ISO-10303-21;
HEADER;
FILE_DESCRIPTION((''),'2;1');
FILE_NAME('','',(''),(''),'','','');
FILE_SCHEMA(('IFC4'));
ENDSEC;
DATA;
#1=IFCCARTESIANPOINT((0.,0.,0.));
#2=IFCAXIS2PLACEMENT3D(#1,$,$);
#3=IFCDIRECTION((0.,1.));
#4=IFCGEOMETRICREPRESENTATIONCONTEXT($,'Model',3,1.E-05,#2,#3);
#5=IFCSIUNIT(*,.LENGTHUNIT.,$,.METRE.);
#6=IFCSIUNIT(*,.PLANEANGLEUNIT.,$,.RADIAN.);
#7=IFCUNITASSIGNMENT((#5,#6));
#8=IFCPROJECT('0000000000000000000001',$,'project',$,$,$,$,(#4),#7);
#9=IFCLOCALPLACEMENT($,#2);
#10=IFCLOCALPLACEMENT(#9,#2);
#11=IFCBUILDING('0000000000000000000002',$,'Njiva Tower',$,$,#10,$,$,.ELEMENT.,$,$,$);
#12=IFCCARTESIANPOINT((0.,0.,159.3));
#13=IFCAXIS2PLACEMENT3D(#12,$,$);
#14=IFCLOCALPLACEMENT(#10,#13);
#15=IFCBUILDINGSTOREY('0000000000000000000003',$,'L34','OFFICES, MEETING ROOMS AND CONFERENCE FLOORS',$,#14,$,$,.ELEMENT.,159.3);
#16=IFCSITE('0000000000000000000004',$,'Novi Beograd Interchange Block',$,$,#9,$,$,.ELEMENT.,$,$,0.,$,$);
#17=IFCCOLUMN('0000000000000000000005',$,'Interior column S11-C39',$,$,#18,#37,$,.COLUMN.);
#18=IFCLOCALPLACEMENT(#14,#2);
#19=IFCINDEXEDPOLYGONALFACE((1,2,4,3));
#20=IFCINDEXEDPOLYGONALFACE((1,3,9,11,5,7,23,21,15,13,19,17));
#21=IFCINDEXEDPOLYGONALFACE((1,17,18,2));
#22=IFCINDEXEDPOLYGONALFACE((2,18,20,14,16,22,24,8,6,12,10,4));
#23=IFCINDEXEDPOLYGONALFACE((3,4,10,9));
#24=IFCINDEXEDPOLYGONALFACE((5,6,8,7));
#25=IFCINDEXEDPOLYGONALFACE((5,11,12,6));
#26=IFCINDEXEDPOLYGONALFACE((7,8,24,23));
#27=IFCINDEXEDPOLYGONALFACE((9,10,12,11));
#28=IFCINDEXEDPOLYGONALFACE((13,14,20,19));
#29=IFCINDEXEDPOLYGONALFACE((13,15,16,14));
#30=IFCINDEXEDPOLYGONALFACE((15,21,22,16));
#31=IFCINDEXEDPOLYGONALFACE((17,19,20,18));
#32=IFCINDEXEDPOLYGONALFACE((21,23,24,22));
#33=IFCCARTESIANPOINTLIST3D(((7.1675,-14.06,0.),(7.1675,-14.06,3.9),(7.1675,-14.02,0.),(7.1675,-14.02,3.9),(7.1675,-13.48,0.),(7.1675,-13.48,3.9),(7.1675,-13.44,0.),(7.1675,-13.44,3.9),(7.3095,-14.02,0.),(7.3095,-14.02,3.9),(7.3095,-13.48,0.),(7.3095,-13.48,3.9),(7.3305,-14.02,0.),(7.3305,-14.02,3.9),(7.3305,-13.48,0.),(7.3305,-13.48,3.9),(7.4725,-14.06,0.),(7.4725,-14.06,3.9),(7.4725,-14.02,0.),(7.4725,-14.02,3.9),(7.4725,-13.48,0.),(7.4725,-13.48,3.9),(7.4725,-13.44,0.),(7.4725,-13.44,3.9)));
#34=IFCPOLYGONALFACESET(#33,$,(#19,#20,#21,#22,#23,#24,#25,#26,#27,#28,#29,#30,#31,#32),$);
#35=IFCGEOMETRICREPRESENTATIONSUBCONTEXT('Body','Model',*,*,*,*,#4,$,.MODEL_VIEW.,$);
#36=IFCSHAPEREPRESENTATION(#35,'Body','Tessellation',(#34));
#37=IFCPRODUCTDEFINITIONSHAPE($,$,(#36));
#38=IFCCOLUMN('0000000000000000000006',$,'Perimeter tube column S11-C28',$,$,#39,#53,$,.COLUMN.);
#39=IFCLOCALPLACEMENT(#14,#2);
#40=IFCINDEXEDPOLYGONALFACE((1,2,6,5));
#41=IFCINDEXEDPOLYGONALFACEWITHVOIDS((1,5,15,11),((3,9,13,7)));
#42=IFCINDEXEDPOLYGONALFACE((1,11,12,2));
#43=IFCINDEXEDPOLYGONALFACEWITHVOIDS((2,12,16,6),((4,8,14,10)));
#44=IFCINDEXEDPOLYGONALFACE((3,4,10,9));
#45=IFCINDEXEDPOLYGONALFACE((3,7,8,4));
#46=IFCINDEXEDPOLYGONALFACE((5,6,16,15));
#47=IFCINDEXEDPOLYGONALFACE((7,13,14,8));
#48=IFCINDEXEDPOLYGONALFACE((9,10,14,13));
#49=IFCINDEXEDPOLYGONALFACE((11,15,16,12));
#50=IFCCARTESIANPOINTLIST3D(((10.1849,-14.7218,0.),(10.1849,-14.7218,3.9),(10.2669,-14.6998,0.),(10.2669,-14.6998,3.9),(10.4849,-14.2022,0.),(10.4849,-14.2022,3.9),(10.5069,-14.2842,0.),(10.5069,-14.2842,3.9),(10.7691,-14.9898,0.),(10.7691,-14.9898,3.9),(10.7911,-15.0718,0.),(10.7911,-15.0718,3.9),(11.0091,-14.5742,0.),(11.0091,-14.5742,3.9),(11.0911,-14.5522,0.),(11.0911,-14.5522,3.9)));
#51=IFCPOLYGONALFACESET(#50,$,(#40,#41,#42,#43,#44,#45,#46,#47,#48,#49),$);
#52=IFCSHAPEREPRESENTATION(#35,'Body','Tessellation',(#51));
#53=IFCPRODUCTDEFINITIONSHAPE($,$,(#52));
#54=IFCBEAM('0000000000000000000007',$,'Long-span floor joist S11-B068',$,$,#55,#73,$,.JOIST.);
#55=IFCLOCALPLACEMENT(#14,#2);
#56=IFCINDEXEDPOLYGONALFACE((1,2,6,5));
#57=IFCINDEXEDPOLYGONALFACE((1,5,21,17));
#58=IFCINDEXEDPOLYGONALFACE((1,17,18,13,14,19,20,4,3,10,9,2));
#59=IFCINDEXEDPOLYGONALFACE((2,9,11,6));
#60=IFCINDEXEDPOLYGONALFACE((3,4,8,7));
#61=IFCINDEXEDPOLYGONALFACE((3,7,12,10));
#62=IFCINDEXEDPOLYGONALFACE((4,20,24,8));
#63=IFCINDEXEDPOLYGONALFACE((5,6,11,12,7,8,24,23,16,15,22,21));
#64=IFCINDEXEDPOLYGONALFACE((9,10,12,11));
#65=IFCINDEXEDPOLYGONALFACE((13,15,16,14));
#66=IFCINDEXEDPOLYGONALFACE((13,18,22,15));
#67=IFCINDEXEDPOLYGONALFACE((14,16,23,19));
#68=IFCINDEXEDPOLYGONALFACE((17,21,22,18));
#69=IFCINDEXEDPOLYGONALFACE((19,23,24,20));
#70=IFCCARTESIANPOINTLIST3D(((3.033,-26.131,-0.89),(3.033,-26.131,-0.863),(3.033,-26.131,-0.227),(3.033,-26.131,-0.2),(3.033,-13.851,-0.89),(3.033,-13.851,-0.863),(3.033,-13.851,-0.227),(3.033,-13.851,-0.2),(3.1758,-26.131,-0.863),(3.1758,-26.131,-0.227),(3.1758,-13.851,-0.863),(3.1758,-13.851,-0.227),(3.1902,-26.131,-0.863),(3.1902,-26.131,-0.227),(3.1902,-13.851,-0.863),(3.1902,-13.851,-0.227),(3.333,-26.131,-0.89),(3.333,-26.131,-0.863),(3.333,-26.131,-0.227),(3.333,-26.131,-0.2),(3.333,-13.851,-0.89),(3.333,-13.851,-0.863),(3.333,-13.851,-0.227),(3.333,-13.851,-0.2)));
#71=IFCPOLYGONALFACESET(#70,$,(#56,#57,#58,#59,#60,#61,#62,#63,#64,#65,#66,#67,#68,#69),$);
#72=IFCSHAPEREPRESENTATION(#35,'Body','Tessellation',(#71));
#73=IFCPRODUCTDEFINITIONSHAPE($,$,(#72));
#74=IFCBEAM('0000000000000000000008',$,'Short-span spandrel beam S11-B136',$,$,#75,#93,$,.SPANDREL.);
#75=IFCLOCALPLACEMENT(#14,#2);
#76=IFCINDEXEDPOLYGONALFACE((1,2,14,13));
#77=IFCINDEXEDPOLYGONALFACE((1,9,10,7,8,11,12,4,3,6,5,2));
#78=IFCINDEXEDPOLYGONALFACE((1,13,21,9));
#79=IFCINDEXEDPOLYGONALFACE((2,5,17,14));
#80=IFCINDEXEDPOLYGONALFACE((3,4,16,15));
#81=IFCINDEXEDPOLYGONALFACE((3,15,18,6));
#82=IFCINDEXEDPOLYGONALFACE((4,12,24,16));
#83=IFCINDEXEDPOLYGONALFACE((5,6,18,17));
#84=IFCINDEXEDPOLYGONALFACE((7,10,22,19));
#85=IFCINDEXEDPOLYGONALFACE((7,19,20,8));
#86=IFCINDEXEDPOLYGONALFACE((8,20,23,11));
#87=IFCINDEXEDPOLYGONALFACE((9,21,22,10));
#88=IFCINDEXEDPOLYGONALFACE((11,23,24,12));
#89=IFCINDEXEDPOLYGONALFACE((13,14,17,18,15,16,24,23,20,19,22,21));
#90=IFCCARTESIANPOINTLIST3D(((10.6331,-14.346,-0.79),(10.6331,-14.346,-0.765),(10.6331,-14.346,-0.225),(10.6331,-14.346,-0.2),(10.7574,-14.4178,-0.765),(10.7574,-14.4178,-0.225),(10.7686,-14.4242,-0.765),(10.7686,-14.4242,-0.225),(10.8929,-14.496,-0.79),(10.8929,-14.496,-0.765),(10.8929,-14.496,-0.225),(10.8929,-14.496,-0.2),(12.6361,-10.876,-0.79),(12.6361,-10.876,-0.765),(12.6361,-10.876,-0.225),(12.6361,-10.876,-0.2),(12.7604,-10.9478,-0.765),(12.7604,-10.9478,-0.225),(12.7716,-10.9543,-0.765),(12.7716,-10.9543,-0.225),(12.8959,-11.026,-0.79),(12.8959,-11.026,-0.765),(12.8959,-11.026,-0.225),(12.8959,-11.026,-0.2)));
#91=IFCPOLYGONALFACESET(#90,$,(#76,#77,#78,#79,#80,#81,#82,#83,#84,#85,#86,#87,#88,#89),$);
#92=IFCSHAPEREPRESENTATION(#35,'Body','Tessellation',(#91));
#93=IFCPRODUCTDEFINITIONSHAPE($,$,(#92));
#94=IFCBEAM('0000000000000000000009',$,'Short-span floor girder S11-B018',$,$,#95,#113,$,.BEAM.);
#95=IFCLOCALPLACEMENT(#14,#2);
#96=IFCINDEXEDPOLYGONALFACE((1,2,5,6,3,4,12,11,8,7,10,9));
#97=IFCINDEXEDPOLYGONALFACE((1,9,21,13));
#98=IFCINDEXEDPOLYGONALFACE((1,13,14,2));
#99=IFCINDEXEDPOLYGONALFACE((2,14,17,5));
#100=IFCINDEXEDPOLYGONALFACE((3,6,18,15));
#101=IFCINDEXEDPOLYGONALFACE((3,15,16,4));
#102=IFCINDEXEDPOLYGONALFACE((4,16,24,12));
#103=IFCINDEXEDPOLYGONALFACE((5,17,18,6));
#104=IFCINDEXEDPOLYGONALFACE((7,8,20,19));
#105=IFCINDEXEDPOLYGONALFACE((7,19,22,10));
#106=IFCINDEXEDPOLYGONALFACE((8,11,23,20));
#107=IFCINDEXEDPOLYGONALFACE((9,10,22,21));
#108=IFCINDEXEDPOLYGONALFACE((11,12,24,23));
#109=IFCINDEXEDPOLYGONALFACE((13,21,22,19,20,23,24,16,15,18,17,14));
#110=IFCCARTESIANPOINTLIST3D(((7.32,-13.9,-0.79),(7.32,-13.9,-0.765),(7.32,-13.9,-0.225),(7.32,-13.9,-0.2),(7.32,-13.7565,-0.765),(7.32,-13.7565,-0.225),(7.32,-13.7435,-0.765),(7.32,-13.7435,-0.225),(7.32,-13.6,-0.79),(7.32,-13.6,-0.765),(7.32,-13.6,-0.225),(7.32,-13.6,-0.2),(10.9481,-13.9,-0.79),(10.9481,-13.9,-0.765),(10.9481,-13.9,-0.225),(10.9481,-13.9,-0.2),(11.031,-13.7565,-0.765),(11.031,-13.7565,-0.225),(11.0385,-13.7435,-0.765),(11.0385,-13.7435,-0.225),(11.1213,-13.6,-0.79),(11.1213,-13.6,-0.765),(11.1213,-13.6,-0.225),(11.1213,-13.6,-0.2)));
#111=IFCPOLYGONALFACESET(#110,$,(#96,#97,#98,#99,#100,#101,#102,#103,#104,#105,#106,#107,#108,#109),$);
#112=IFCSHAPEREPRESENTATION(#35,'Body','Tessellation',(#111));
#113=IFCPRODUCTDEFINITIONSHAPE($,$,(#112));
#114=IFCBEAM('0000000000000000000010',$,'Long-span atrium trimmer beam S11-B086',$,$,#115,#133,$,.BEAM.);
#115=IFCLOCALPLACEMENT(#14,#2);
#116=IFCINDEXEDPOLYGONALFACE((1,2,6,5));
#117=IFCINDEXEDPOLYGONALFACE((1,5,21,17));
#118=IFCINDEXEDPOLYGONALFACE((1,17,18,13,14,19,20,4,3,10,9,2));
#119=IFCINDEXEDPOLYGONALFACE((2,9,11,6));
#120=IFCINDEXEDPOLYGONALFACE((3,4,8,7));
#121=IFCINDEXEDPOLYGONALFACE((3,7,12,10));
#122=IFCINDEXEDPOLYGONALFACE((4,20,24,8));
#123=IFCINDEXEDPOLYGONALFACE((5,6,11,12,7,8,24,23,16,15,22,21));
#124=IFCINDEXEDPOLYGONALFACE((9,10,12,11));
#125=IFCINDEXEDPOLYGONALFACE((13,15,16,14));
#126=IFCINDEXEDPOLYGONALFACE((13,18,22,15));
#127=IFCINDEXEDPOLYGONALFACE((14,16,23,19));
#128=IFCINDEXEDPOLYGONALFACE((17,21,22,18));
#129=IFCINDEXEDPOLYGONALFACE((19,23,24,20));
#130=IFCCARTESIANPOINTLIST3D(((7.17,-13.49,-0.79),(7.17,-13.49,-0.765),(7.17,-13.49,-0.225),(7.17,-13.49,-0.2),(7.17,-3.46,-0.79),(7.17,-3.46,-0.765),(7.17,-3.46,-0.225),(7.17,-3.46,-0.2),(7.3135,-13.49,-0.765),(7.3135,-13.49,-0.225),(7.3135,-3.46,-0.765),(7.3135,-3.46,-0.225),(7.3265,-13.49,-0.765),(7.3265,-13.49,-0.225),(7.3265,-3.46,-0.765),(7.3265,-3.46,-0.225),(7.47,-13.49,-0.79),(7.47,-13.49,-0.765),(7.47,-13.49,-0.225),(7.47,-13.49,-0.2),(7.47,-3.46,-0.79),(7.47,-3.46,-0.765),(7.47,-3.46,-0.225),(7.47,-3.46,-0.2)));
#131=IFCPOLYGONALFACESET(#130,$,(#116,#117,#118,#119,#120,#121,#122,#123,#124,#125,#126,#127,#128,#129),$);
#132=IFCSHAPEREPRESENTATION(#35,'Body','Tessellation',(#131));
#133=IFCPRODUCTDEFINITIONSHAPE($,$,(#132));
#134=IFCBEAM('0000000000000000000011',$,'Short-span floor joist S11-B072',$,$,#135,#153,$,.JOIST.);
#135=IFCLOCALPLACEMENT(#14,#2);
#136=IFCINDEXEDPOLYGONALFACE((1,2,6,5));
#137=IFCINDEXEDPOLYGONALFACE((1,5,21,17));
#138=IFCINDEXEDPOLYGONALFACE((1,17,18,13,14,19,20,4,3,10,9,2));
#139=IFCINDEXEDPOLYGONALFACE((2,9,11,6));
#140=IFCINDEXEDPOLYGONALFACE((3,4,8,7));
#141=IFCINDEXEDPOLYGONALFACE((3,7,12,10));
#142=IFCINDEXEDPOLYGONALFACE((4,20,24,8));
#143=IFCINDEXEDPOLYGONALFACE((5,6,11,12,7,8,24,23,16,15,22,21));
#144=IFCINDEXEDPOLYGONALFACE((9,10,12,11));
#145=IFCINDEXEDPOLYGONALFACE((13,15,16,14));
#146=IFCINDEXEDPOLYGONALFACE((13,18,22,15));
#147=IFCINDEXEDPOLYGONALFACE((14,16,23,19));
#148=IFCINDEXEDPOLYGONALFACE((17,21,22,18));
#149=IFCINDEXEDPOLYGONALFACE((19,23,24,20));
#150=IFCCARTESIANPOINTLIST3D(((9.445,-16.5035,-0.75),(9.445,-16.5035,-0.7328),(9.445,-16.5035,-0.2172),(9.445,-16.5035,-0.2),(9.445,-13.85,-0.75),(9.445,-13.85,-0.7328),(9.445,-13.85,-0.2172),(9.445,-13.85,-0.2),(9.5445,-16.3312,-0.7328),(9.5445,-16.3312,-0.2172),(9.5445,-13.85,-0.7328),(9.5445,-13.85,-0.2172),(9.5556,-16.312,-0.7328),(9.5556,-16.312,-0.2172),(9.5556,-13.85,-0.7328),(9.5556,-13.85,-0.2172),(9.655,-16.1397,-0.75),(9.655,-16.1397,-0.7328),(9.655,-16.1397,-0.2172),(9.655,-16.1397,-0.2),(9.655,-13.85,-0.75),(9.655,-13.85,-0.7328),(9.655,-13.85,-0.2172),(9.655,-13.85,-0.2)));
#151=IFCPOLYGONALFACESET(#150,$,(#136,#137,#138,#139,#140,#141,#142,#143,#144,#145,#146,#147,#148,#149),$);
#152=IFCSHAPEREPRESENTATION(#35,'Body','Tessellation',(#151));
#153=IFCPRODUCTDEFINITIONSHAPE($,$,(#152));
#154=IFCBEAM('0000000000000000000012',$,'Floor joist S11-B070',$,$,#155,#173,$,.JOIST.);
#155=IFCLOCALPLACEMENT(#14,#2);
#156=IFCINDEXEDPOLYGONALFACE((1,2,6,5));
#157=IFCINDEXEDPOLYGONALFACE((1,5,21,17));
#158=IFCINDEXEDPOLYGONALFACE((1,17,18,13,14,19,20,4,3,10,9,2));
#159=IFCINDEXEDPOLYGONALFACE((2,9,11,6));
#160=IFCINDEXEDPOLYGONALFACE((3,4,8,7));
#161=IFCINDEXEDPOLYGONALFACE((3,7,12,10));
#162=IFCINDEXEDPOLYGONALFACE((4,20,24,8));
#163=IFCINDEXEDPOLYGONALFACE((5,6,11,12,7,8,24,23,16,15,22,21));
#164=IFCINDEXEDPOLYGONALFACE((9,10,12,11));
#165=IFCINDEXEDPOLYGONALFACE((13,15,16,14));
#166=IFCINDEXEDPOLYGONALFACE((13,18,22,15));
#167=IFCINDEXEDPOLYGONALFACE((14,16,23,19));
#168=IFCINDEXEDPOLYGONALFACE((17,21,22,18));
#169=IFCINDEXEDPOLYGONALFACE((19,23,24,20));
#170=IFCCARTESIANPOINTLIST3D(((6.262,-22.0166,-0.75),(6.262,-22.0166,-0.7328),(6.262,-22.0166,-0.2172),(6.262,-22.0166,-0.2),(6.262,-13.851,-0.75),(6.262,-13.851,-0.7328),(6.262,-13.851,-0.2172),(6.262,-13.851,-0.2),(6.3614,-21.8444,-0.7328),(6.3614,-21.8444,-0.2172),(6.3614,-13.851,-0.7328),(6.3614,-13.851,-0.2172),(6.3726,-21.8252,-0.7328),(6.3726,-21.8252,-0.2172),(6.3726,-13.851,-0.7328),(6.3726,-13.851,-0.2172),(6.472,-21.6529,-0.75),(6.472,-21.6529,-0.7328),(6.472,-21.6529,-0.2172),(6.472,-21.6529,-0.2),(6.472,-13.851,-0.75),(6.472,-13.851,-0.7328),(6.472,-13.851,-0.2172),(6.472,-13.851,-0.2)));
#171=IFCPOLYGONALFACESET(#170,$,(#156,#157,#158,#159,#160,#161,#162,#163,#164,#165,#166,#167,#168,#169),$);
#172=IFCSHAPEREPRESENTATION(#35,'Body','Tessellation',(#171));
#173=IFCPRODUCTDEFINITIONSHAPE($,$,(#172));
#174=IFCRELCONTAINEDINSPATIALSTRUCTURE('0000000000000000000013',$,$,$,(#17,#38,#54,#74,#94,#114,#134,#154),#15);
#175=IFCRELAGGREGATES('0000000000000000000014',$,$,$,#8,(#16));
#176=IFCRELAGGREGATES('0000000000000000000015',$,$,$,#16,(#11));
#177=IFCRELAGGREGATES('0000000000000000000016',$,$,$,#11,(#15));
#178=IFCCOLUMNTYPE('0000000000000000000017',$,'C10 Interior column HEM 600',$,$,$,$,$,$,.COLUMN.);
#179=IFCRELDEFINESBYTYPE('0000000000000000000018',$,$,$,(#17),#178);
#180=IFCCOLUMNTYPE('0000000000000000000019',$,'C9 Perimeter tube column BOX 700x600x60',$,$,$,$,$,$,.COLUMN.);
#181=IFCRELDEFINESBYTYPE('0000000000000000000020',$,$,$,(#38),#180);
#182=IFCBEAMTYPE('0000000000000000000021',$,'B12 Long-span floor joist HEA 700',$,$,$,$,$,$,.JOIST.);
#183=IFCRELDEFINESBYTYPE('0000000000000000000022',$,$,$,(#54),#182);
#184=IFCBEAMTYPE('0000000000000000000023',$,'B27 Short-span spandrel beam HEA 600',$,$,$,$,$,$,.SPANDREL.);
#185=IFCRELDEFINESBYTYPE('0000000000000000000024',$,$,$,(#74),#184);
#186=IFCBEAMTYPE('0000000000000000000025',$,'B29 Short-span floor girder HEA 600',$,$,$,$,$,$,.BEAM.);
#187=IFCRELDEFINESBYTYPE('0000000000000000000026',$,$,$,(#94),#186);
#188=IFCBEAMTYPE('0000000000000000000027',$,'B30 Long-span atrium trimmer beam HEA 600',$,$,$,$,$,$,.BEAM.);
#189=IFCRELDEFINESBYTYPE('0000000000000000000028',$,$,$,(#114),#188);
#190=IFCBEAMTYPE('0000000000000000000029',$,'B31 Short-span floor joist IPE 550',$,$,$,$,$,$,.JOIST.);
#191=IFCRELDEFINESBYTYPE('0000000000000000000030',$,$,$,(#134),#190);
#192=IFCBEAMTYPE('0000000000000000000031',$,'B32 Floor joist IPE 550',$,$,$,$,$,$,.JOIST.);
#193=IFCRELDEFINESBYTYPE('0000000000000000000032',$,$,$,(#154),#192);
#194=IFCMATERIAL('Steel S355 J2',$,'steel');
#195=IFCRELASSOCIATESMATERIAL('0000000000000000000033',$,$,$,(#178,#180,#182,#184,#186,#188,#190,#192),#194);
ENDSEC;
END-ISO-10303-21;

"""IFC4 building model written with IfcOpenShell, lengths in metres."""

from ifc_helpers import new_model, si_unit, direction, frame, origin, origin_2d, place, context, subcontext, project, spatial, hollow_rectangle, i_section, extrude, clip, halfspace, material, material_profile, profile_set, type_object, element, save


model = new_model("IFC4")

# Units and contexts
model_context = context("Model", 3, precision=1e-05, world=origin(), true_north=direction((0.0, 1.0)))
body_context = subcontext(model_context, "Body", "Model", "MODEL_VIEW")
ifc_project = project(units=[si_unit("LENGTHUNIT", "METRE"), si_unit("PLANEANGLEUNIT", "RADIAN")], contexts=[model_context])

# Site, building, storey
site_placement = place(None, origin())
site = spatial("IfcSite", under=ifc_project, at=site_placement, Name="Novi Beograd Interchange Block", CompositionType="ELEMENT", RefElevation=0.0)
building_placement = place(site_placement, origin())
building = spatial("IfcBuilding", under=site, at=building_placement, Name="Njiva Tower", CompositionType="ELEMENT")
storey_placement = place(building_placement, frame((0.0, 0.0, 159.3)))
storey = spatial("IfcBuildingStorey", under=building, at=storey_placement, Name="L34", Description="OFFICES, MEETING ROOMS AND CONFERENCE FLOORS", CompositionType="ELEMENT", Elevation=159.3)

# Columns
ifc_material_1 = material(Name="Steel S355 J2", Category="steel")
ifc_material_profile_1 = material_profile(ifc_material_1, i_section(OverallWidth=0.305, OverallDepth=0.62, WebThickness=0.021, FlangeThickness=0.04, at=origin_2d()), Name="HEM 600")
ifc_profile_set_1 = profile_set([ifc_material_profile_1], Name="Steel S355 J2")
column_type_1 = type_object("IfcColumnType", Name="C10 Interior column HEM 600", PredefinedType="COLUMN", material=ifc_profile_set_1)
column_1_placement = place(storey_placement, frame((7.32, -13.75, 0.0), z_axis=(0.0, 0.0, 1.0), x_axis=(1.0, 0.0, 0.0)))
element("IfcColumn", 1, at=column_1_placement, inside=storey, type_object=column_type_1, Name="Interior column S11-C39", PredefinedType="COLUMN", context=body_context, shape_type="SweptSolid", body=[
    extrude(i_section(OverallWidth=0.305, OverallDepth=0.62, WebThickness=0.021, FlangeThickness=0.04, at=origin_2d()), origin(), (0.0, 0.0, 1.0), 3.9),
])
ifc_material_profile_2 = material_profile(ifc_material_1, hollow_rectangle(XDim=0.6, YDim=0.7, WallThickness=0.06, at=origin_2d()), Name="BOX 700x600x60")
ifc_profile_set_2 = profile_set([ifc_material_profile_2], Name="Steel S355 J2")
column_type_2 = type_object("IfcColumnType", Name="C9 Perimeter tube column BOX 700x600x60", PredefinedType="COLUMN", material=ifc_profile_set_2)
column_2_placement = place(storey_placement, frame((10.638, -14.637, 0.0), z_axis=(0.0, 0.0, 1.0), x_axis=(0.5, 0.866025, 0.0)))
element("IfcColumn", 2, at=column_2_placement, inside=storey, type_object=column_type_2, Name="Perimeter tube column S11-C28", PredefinedType="COLUMN", context=body_context, shape_type="SweptSolid", body=[
    extrude(hollow_rectangle(XDim=0.6, YDim=0.7, WallThickness=0.06, at=origin_2d()), origin(), (0.0, 0.0, 1.0), 3.9),
])

# Beams
ifc_material_profile_3 = material_profile(ifc_material_1, i_section(OverallWidth=0.3, OverallDepth=0.69, WebThickness=0.0145, FlangeThickness=0.027, at=origin_2d()), Name="HEA 700")
ifc_profile_set_3 = profile_set([ifc_material_profile_3], Name="Steel S355 J2")
beam_type_1 = type_object("IfcBeamType", Name="B12 Long-span floor joist HEA 700", PredefinedType="JOIST", material=ifc_profile_set_3)
beam_1_placement = place(storey_placement, frame((3.183, -13.851, -0.545), z_axis=(0.0, -1.0, 0.0), x_axis=(1.0, 0.0, 0.0)))
element("IfcBeam", 3, at=beam_1_placement, inside=storey, type_object=beam_type_1, Name="Long-span floor joist S11-B068", PredefinedType="JOIST", context=body_context, shape_type="SweptSolid", body=[
    extrude(i_section(OverallWidth=0.3, OverallDepth=0.69, WebThickness=0.0145, FlangeThickness=0.027, at=origin_2d()), origin(), (0.0, 0.0, 1.0), 12.28),
])
ifc_material_profile_4 = material_profile(ifc_material_1, i_section(OverallWidth=0.3, OverallDepth=0.59, WebThickness=0.013, FlangeThickness=0.025, at=origin_2d()), Name="HEA 600")
ifc_profile_set_4 = profile_set([ifc_material_profile_4], Name="Steel S355 J2")
beam_type_2 = type_object("IfcBeamType", Name="B27 Short-span spandrel beam HEA 600", PredefinedType="SPANDREL", material=ifc_profile_set_4)
beam_2_placement = place(storey_placement, frame((10.763, -14.421, -0.495), z_axis=(0.499924, 0.866069, 0.0), x_axis=(-0.866069, 0.499924, 0.0)))
element("IfcBeam", 4, at=beam_2_placement, inside=storey, type_object=beam_type_2, Name="Short-span spandrel beam S11-B136", PredefinedType="SPANDREL", context=body_context, shape_type="SweptSolid", body=[
    extrude(i_section(OverallWidth=0.3, OverallDepth=0.59, WebThickness=0.013, FlangeThickness=0.025, at=origin_2d()), origin(), (0.0, 0.0, 1.0), 4.0066),
])
ifc_material_profile_5 = material_profile(ifc_material_1, i_section(OverallWidth=0.3, OverallDepth=0.59, WebThickness=0.013, FlangeThickness=0.025, at=origin_2d()), Name="HEA 600")
ifc_profile_set_5 = profile_set([ifc_material_profile_5], Name="Steel S355 J2")
beam_type_3 = type_object("IfcBeamType", Name="B29 Short-span floor girder HEA 600", PredefinedType="BEAM", material=ifc_profile_set_5)
beam_3_placement = place(storey_placement, frame((7.32, -13.75, -0.495), z_axis=(1.0, 0.0, 0.0), x_axis=(0.0, 1.0, 0.0)))
element("IfcBeam", 5, at=beam_3_placement, inside=storey, type_object=beam_type_3, Name="Short-span floor girder S11-B018", PredefinedType="BEAM", context=body_context, shape_type="Clipping", body=[
    clip(extrude(i_section(OverallWidth=0.3, OverallDepth=0.59, WebThickness=0.013, FlangeThickness=0.025, at=origin_2d()), origin(), (0.0, 0.0, 1.0), 3.822), halfspace(frame((-0.025, 0.0, 3.7003), z_axis=(-0.499998, 0.0, 0.866027), x_axis=(0.0, 1.0, 0.0)), False)),
])
ifc_material_profile_6 = material_profile(ifc_material_1, i_section(OverallWidth=0.3, OverallDepth=0.59, WebThickness=0.013, FlangeThickness=0.025, at=origin_2d()), Name="HEA 600")
ifc_profile_set_6 = profile_set([ifc_material_profile_6], Name="Steel S355 J2")
beam_type_4 = type_object("IfcBeamType", Name="B30 Long-span atrium trimmer beam HEA 600", PredefinedType="BEAM", material=ifc_profile_set_6)
beam_4_placement = place(storey_placement, frame((7.32, -13.49, -0.495), z_axis=(0.0, 1.0, 0.0), x_axis=(-1.0, 0.0, 0.0)))
element("IfcBeam", 6, at=beam_4_placement, inside=storey, type_object=beam_type_4, Name="Long-span atrium trimmer beam S11-B086", PredefinedType="BEAM", context=body_context, shape_type="SweptSolid", body=[
    extrude(i_section(OverallWidth=0.3, OverallDepth=0.59, WebThickness=0.013, FlangeThickness=0.025, at=origin_2d()), origin(), (0.0, 0.0, 1.0), 10.03),
])
ifc_material_profile_7 = material_profile(ifc_material_1, i_section(OverallWidth=0.21, OverallDepth=0.55, WebThickness=0.0111, FlangeThickness=0.0172, at=origin_2d()), Name="IPE 550")
ifc_profile_set_7 = profile_set([ifc_material_profile_7], Name="Steel S355 J2")
beam_type_5 = type_object("IfcBeamType", Name="B31 Short-span floor joist IPE 550", PredefinedType="JOIST", material=ifc_profile_set_7)
beam_5_placement = place(storey_placement, frame((9.55, -13.85, -0.475), z_axis=(0.0, -1.0, 0.0), x_axis=(1.0, 0.0, 0.0)))
element("IfcBeam", 7, at=beam_5_placement, inside=storey, type_object=beam_type_5, Name="Short-span floor joist S11-B072", PredefinedType="JOIST", context=body_context, shape_type="Clipping", body=[
    clip(extrude(i_section(OverallWidth=0.21, OverallDepth=0.55, WebThickness=0.0111, FlangeThickness=0.0172, at=origin_2d()), origin(), (0.0, 0.0, 1.0), 2.674), halfspace(frame((0.0433, 0.0, 2.3966), z_axis=(0.866027, 0.0, 0.499998), x_axis=(0.0, 1.0, 0.0)), False)),
])
ifc_material_profile_8 = material_profile(ifc_material_1, i_section(OverallWidth=0.21, OverallDepth=0.55, WebThickness=0.0111, FlangeThickness=0.0172, at=origin_2d()), Name="IPE 550")
ifc_profile_set_8 = profile_set([ifc_material_profile_8], Name="Steel S355 J2")
beam_type_6 = type_object("IfcBeamType", Name="B32 Floor joist IPE 550", PredefinedType="JOIST", material=ifc_profile_set_8)
beam_6_placement = place(storey_placement, frame((6.367, -13.851, -0.475), z_axis=(0.0, -1.0, 0.0), x_axis=(1.0, 0.0, 0.0)))
element("IfcBeam", 8, at=beam_6_placement, inside=storey, type_object=beam_type_6, Name="Floor joist S11-B070", PredefinedType="JOIST", context=body_context, shape_type="Clipping", body=[
    clip(extrude(i_section(OverallWidth=0.21, OverallDepth=0.55, WebThickness=0.0111, FlangeThickness=0.0172, at=origin_2d()), origin(), (0.0, 0.0, 1.0), 8.186), halfspace(frame((0.043, 0.0, 7.9093), z_axis=(0.866027, 0.0, 0.499998), x_axis=(0.0, 1.0, 0.0)), False)),
])

save(model, "model.ifc")
